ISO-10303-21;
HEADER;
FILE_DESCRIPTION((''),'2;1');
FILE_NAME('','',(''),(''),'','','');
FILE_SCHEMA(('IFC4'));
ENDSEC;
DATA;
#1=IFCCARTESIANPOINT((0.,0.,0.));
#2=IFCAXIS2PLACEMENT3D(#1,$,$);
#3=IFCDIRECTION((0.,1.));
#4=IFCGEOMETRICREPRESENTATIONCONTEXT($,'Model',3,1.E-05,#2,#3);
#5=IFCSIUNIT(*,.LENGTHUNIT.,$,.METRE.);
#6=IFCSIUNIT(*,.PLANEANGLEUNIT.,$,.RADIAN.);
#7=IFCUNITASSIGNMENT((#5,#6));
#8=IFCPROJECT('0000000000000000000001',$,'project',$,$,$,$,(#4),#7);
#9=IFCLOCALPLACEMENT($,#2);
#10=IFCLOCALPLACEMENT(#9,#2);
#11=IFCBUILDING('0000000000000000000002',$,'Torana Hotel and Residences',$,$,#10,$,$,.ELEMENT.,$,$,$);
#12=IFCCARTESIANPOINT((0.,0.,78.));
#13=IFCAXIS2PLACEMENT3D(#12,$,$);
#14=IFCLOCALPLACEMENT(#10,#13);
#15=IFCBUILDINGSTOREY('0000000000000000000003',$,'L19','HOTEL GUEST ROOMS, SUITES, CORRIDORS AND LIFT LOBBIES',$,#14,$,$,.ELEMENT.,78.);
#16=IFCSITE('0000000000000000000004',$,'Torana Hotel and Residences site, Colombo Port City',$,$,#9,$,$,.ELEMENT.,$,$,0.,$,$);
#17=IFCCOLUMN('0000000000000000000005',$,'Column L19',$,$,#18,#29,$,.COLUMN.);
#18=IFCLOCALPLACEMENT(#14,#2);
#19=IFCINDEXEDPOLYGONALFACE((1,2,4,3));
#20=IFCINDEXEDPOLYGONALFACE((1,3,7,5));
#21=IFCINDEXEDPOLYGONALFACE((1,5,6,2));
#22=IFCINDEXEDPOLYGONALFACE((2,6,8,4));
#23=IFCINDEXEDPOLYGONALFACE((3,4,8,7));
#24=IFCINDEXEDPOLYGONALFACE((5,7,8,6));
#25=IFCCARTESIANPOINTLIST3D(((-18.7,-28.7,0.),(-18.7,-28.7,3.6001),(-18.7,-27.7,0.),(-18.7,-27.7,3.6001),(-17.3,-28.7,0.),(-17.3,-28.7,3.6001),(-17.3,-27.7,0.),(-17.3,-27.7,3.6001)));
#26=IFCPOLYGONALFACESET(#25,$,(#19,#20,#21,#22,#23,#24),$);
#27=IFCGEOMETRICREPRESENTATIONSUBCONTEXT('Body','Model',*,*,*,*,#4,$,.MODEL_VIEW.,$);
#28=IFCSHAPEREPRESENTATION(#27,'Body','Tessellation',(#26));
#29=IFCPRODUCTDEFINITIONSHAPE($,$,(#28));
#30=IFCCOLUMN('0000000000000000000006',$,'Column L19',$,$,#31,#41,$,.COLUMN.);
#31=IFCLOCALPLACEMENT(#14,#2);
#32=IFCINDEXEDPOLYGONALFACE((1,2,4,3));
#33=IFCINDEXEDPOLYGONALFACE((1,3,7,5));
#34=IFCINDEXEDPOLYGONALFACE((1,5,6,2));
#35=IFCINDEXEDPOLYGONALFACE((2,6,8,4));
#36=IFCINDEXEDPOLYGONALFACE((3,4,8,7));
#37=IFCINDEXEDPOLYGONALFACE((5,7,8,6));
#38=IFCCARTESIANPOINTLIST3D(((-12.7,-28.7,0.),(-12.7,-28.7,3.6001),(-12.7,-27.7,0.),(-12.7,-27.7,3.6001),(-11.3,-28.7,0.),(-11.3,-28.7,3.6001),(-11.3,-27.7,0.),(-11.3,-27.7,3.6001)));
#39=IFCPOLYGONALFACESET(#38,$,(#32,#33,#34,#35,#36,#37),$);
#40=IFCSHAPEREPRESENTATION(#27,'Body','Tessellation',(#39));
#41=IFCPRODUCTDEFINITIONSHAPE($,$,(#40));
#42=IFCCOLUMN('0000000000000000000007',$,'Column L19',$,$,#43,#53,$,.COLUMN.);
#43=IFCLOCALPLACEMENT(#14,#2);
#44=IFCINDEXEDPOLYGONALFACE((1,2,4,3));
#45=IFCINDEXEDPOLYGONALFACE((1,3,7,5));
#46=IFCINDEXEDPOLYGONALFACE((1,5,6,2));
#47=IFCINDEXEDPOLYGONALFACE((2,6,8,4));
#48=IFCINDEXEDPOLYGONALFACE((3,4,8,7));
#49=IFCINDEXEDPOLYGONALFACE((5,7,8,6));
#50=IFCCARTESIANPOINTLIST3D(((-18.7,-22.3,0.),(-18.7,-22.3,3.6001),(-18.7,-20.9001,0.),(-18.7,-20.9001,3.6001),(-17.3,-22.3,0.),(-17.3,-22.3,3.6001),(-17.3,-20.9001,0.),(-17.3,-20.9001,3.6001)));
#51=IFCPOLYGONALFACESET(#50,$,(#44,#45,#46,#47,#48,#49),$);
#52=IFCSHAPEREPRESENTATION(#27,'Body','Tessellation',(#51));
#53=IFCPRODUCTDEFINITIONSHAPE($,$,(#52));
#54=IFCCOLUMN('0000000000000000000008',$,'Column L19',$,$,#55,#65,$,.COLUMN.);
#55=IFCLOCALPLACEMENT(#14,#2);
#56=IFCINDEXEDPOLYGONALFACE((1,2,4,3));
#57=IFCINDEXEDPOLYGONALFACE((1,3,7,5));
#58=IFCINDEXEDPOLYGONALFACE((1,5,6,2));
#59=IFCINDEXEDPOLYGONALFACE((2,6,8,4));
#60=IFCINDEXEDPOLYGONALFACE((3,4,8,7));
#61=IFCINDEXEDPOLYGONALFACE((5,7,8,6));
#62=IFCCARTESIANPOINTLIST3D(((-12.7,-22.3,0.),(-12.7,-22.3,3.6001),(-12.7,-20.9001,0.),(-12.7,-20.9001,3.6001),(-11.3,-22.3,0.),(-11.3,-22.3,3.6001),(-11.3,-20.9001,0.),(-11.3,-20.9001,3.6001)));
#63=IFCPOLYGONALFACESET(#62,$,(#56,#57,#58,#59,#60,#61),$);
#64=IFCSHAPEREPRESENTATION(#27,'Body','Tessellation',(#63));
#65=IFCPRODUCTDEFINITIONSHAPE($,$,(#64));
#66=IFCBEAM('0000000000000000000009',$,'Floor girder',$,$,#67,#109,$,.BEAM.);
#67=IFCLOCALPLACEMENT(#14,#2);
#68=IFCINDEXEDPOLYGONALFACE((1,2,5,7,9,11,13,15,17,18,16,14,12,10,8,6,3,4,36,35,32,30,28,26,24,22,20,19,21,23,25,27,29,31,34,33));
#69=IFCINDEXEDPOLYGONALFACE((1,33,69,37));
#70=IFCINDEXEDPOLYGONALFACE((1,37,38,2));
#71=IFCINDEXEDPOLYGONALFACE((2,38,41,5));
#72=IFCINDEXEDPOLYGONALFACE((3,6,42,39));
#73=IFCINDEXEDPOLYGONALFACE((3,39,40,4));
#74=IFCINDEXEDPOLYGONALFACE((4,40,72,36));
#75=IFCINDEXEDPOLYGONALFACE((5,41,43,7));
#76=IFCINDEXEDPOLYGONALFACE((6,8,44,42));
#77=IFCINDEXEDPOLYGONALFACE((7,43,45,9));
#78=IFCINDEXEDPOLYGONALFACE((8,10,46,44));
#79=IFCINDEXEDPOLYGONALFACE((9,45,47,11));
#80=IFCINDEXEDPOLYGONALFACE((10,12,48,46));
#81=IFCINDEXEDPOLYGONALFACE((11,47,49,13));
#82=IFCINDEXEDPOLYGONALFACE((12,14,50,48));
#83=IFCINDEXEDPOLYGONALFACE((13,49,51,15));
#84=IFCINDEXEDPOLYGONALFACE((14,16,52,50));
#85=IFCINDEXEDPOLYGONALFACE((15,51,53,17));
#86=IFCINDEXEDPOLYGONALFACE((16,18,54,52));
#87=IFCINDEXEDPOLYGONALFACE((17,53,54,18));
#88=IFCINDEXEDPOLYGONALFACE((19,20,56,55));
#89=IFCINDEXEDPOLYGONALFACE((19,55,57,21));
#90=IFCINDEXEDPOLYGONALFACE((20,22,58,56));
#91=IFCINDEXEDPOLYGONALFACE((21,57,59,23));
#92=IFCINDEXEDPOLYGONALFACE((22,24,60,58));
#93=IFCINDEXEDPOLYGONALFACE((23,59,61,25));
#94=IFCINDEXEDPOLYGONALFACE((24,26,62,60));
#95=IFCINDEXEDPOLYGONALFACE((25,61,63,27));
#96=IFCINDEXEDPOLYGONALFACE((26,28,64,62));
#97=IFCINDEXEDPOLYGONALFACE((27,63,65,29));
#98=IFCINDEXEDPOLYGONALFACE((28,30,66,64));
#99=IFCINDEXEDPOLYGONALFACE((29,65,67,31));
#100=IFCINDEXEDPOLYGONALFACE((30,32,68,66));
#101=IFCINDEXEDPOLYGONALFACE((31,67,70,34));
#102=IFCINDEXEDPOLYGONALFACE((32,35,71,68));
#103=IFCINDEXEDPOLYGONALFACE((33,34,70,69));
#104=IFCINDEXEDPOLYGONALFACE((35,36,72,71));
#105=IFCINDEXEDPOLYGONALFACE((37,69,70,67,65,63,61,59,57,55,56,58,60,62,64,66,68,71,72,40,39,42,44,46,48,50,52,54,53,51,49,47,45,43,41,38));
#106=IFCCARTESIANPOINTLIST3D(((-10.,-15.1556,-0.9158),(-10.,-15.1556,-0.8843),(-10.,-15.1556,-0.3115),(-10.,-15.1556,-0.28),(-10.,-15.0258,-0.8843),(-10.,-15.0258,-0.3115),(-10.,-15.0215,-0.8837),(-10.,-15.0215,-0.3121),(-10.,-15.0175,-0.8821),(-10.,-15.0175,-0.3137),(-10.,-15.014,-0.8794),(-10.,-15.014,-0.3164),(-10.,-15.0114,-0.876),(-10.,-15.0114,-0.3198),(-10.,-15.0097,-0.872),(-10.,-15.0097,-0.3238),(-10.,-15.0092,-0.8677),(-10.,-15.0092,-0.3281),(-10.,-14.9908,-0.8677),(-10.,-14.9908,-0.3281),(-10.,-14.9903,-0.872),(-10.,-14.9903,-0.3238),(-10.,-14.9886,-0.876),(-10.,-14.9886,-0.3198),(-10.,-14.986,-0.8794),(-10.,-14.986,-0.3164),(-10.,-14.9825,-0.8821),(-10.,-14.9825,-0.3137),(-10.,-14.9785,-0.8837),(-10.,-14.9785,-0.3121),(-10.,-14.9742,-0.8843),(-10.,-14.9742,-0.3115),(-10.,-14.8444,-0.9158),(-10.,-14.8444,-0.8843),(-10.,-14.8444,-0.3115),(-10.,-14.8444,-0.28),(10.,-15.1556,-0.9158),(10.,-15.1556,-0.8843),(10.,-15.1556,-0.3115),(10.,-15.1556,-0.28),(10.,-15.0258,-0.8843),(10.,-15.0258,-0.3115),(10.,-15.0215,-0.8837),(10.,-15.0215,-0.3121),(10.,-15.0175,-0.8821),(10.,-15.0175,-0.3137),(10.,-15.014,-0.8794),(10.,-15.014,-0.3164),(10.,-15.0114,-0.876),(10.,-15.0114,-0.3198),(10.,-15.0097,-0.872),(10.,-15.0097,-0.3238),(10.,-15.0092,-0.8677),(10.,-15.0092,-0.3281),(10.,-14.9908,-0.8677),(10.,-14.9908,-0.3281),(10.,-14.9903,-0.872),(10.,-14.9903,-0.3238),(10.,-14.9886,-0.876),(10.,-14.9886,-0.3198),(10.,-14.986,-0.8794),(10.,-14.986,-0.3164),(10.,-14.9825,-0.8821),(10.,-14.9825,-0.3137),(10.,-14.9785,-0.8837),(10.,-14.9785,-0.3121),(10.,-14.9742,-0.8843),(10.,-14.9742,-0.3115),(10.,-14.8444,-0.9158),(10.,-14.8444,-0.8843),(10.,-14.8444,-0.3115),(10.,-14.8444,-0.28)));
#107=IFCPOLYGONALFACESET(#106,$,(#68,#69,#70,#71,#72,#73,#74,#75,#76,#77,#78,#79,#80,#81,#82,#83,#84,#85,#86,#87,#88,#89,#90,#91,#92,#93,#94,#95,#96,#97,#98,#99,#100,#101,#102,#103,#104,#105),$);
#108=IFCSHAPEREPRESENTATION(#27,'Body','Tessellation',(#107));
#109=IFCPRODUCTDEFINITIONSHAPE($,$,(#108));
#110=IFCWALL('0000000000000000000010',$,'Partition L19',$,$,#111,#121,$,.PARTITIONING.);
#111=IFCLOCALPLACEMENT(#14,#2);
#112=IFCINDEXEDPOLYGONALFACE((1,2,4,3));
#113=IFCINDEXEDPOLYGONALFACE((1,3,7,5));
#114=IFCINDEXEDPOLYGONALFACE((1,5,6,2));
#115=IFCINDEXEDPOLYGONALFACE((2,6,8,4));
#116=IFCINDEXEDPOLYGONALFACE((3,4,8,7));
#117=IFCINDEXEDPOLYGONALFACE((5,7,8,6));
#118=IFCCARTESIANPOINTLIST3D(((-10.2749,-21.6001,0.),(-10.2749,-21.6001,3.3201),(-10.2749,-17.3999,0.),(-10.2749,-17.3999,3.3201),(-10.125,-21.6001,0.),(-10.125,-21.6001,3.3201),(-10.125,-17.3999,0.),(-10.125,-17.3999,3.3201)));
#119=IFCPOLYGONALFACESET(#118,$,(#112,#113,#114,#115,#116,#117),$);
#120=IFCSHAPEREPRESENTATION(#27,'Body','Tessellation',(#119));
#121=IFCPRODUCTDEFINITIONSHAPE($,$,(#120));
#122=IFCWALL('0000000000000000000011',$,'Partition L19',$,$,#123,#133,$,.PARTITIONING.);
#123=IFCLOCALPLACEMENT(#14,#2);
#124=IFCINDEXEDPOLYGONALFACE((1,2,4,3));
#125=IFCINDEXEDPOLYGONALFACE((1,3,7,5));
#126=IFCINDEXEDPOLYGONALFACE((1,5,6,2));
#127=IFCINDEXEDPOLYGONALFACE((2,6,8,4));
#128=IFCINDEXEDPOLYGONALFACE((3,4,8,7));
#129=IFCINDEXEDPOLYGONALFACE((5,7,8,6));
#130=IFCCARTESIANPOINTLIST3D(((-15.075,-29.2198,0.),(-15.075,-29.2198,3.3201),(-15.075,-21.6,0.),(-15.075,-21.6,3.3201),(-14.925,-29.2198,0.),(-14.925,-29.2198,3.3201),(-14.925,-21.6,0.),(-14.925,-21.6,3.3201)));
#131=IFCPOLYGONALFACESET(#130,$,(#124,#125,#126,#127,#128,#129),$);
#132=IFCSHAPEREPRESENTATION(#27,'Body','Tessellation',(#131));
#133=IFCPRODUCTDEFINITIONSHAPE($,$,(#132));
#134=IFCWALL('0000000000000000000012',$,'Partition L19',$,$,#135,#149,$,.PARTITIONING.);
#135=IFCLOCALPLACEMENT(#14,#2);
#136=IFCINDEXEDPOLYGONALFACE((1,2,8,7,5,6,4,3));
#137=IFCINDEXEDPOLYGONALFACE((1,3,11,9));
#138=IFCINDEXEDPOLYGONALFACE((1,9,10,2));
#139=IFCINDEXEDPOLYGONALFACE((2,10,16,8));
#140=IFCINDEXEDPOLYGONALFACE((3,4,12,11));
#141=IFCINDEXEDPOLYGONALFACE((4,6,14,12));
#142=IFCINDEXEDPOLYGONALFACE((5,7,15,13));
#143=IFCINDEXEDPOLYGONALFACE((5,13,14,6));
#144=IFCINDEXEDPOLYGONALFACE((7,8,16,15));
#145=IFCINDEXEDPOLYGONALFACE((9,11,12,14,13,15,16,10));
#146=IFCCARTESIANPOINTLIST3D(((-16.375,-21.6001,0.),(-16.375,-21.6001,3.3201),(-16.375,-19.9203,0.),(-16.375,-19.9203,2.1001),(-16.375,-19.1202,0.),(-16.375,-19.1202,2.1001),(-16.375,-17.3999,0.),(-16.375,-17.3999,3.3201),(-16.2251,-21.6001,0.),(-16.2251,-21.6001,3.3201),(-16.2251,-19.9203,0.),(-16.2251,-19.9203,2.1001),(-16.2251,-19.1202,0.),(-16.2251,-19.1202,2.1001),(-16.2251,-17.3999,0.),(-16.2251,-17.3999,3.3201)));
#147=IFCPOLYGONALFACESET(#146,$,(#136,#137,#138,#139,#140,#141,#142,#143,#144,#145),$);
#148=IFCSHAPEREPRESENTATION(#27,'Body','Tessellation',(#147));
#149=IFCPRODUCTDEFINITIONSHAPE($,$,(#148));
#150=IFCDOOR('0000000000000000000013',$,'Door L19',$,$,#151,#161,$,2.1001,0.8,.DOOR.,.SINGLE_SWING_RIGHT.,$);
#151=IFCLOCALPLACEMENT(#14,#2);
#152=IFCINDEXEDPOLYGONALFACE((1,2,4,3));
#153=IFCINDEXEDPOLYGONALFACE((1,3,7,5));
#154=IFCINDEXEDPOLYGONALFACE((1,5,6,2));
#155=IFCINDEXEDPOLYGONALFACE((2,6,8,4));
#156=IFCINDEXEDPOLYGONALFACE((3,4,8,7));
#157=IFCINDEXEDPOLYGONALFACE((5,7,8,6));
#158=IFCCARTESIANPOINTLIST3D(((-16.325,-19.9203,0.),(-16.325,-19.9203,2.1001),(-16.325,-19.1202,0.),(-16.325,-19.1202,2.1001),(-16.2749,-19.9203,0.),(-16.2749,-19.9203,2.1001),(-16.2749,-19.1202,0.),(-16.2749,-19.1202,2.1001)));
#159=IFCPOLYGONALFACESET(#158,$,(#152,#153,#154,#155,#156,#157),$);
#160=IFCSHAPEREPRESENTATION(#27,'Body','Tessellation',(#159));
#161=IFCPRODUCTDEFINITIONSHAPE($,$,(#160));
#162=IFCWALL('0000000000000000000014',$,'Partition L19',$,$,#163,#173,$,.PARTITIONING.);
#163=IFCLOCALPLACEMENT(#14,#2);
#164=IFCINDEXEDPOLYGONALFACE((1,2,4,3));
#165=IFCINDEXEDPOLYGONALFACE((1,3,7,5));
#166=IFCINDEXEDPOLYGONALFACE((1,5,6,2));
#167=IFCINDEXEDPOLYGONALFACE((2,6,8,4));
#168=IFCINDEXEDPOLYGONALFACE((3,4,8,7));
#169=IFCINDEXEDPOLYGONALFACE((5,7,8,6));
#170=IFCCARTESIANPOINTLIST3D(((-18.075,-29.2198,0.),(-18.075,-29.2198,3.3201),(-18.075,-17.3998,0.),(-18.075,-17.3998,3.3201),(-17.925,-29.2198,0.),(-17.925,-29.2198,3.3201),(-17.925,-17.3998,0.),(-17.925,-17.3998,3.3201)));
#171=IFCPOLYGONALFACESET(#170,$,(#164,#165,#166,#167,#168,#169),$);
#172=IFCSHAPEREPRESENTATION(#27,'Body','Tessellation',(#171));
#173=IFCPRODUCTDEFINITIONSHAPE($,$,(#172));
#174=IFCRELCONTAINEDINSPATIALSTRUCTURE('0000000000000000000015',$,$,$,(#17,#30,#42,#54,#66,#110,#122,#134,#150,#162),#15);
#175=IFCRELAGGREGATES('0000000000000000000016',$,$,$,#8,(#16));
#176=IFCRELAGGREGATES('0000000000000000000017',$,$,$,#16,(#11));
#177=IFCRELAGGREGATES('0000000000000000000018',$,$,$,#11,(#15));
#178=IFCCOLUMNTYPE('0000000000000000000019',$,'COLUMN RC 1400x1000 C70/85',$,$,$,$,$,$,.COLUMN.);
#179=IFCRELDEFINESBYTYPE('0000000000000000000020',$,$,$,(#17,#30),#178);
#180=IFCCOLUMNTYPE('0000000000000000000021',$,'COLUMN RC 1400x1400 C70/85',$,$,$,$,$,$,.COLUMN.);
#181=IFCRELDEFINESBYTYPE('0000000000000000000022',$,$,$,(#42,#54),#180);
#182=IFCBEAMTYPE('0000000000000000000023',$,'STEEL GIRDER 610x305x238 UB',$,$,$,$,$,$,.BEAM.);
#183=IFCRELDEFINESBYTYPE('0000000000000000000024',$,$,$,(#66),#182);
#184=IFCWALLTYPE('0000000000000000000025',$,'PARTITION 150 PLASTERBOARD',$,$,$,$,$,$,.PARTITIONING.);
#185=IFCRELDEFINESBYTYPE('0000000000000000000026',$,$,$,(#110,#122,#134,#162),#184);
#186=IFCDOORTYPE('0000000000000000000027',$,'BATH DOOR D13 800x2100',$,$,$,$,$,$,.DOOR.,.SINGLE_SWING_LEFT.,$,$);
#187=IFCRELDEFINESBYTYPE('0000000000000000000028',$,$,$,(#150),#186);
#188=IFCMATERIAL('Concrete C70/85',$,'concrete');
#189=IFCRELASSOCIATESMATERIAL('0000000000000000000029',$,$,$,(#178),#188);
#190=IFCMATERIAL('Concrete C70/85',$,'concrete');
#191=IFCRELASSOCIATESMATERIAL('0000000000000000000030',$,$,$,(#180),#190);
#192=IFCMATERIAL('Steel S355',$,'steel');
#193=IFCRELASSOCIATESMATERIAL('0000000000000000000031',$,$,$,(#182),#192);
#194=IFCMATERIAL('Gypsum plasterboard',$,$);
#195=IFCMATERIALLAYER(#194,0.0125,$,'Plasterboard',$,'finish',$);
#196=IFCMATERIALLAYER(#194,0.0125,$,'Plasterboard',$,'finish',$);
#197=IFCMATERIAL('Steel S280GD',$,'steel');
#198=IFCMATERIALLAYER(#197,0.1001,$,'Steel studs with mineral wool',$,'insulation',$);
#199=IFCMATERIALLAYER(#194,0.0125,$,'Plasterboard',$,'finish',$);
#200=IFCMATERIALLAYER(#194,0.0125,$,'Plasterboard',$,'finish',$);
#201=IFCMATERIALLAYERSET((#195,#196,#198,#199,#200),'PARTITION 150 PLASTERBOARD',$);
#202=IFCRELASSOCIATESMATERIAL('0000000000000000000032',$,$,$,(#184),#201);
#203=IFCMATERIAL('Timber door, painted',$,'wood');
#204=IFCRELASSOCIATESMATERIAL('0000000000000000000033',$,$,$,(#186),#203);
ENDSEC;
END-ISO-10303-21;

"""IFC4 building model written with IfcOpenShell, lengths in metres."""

from ifc_helpers import new_model, si_unit, direction, frame, frame_2d, origin, origin_2d, place, context, subcontext, project, spatial, rectangle, i_section, extrude, material, layer, layer_set, material_profile, profile_set, type_object, element, fill, save


model = new_model("IFC4")

# Units and contexts
model_context = context("Model", 3, precision=1e-05, world=origin(), true_north=direction((0.0, 1.0)))
body_context = subcontext(model_context, "Body", "Model", "MODEL_VIEW")
ifc_project = project(units=[si_unit("LENGTHUNIT", "METRE"), si_unit("PLANEANGLEUNIT", "RADIAN")], contexts=[model_context])

# Site, building, storey
site_placement = place(None, origin())
site = spatial("IfcSite", under=ifc_project, at=site_placement, Name="Torana Hotel and Residences site, Colombo Port City", CompositionType="ELEMENT", RefElevation=0.0)
building_placement = place(site_placement, origin())
building = spatial("IfcBuilding", under=site, at=building_placement, Name="Torana Hotel and Residences", CompositionType="ELEMENT")
storey_placement = place(building_placement, frame((0.0, 0.0, 78.0)))
storey = spatial("IfcBuildingStorey", under=building, at=storey_placement, Name="L19", Description="HOTEL GUEST ROOMS, SUITES, CORRIDORS AND LIFT LOBBIES", CompositionType="ELEMENT", Elevation=78.0)

# Columns
ifc_material_1 = material(Name="Concrete C70/85", Category="concrete")
ifc_material_profile_1 = material_profile(ifc_material_1, rectangle(XDim=1.3999, YDim=1.0, at=origin_2d()), Name="RC 1400x1000")
ifc_profile_set_1 = profile_set([ifc_material_profile_1], Name="Concrete C70/85")
column_type_1 = type_object("IfcColumnType", Name="COLUMN RC 1400x1000 C70/85", PredefinedType="COLUMN", material=ifc_profile_set_1)
for number, where, z_axis, x_axis, name in (
    (1, (-18.0, -28.2, 0.0), (0.0, 0.0, 1.0), (1.0, 0.0, 0.0), "Column L19"),
    (2, (-12.0, -28.2, 0.0), (0.0, 0.0, 1.0), (1.0, 0.0, 0.0), "Column L19"),
):
    element("IfcColumn", number, at=place(storey_placement, frame(where, z_axis=z_axis, x_axis=x_axis)), inside=storey, type_object=column_type_1, Name=name, PredefinedType="COLUMN", context=body_context, shape_type="SweptSolid", body=[
        extrude(rectangle(XDim=1.3999, YDim=1.0, at=origin_2d()), origin(), (0.0, 0.0, 1.0), 3.6001),
    ])
ifc_material_2 = material(Name="Concrete C70/85", Category="concrete")
ifc_material_profile_2 = material_profile(ifc_material_2, rectangle(XDim=1.3999, YDim=1.3999, at=origin_2d()), Name="RC 1400x1400")
ifc_profile_set_2 = profile_set([ifc_material_profile_2], Name="Concrete C70/85")
column_type_2 = type_object("IfcColumnType", Name="COLUMN RC 1400x1400 C70/85", PredefinedType="COLUMN", material=ifc_profile_set_2)
for number, where, z_axis, x_axis, name in (
    (3, (-18.0, -21.6001, 0.0), (0.0, 0.0, 1.0), (1.0, 0.0, 0.0), "Column L19"),
    (4, (-12.0, -21.6001, 0.0), (0.0, 0.0, 1.0), (1.0, 0.0, 0.0), "Column L19"),
):
    element("IfcColumn", number, at=place(storey_placement, frame(where, z_axis=z_axis, x_axis=x_axis)), inside=storey, type_object=column_type_2, Name=name, PredefinedType="COLUMN", context=body_context, shape_type="SweptSolid", body=[
        extrude(rectangle(XDim=1.3999, YDim=1.3999, at=origin_2d()), origin(), (0.0, 0.0, 1.0), 3.6001),
    ])

# Beam
ifc_material_3 = material(Name="Steel S355", Category="steel")
ifc_material_profile_3 = material_profile(ifc_material_3, i_section(OverallWidth=0.3113, OverallDepth=0.6357, WebThickness=0.0183, FlangeThickness=0.0315, FilletRadius=0.0166, at=origin_2d()), Name="610x305x238 UB")
ifc_profile_set_3 = profile_set([ifc_material_profile_3], Name="Steel S355")
beam_type = type_object("IfcBeamType", Name="STEEL GIRDER 610x305x238 UB", PredefinedType="BEAM", material=ifc_profile_set_3)
beam_placement = place(storey_placement, frame((-10.0, -15.0, -0.5979), z_axis=(1.0, 0.0, 0.0), x_axis=(0.0, 1.0, 0.0)))
element("IfcBeam", 5, at=beam_placement, inside=storey, type_object=beam_type, Name="Floor girder", PredefinedType="BEAM", context=body_context, shape_type="SweptSolid", body=[
    extrude(i_section(OverallWidth=0.3113, OverallDepth=0.6357, WebThickness=0.0183, FlangeThickness=0.0315, FilletRadius=0.0166, at=origin_2d()), origin(), (0.0, 0.0, 1.0), 20.0),
])

# Walls
ifc_material_4 = material(Name="Gypsum plasterboard")
ifc_layer_1 = layer(ifc_material_4, 0.0125, Name="Plasterboard", Category="finish")
ifc_layer_2 = layer(ifc_material_4, 0.0125, Name="Plasterboard", Category="finish")
ifc_material_5 = material(Name="Steel S280GD", Category="steel")
ifc_layer_3 = layer(ifc_material_5, 0.1001, Name="Steel studs with mineral wool", Category="insulation")
ifc_layer_4 = layer(ifc_material_4, 0.0125, Name="Plasterboard", Category="finish")
ifc_layer_5 = layer(ifc_material_4, 0.0125, Name="Plasterboard", Category="finish")
ifc_layer_set_1 = layer_set([ifc_layer_1, ifc_layer_2, ifc_layer_3, ifc_layer_4, ifc_layer_5], Name="PARTITION 150 PLASTERBOARD")
wall_type_1 = type_object("IfcWallType", Name="PARTITION 150 PLASTERBOARD", PredefinedType="PARTITIONING", material=ifc_layer_set_1)
wall_1_placement = place(storey_placement, frame((-10.2, -21.6001, 0.0), z_axis=(0.0, 0.0, 1.0), x_axis=(0.0, 1.0, 0.0)))
element("IfcWall", 6, at=wall_1_placement, inside=storey, type_object=wall_type_1, Name="Partition L19", PredefinedType="PARTITIONING", context=body_context, shape_type="SweptSolid", body=[
    extrude(rectangle(XDim=4.2002, YDim=0.1499, at=frame_2d((2.1001, 0.0))), origin(), (0.0, 0.0, 1.0), 3.3201),
])
wall_2_placement = place(storey_placement, frame((-15.0, -29.22, 0.0), z_axis=(0.0, 0.0, 1.0), x_axis=(0.0, 1.0, 0.0)))
element("IfcWall", 7, at=wall_2_placement, inside=storey, type_object=wall_type_1, Name="Partition L19", PredefinedType="PARTITIONING", context=body_context, shape_type="SweptSolid", body=[
    extrude(rectangle(XDim=7.6199, YDim=0.1499, at=frame_2d((3.8101, 0.0))), origin(), (0.0, 0.0, 1.0), 3.3201),
])

# Wall, opening, door
wall_3_placement = place(storey_placement, frame((-16.3, -21.6001, 0.0), z_axis=(0.0, 0.0, 1.0), x_axis=(0.0, 1.0, 0.0)))
wall_3 = element("IfcWall", 8, at=wall_3_placement, inside=storey, type_object=wall_type_1, Name="Partition L19", PredefinedType="PARTITIONING", context=body_context, shape_type="SweptSolid", body=[
    extrude(rectangle(XDim=4.2002, YDim=0.1499, at=frame_2d((2.1001, 0.0))), origin(), (0.0, 0.0, 1.0), 3.3201),
])
opening_1_placement = place(wall_3_placement, frame((1.6799, 0.0, 0.0)))
opening_1 = element("IfcOpeningElement", 9, at=opening_1_placement, cuts=wall_3, PredefinedType="OPENING", context=body_context, shape_type="SweptSolid", body=[
    extrude(rectangle(XDim=0.8, YDim=2.1001, at=frame_2d((0.3999, 1.05))), frame((0.0, 0.085, 0.0), z_axis=(0.0, -1.0, 0.0), x_axis=(1.0, 0.0, 0.0)), (0.0, 0.0, 1.0), 0.1699),
])
ifc_material_6 = material(Name="Timber door, painted", Category="wood")
door_type_1 = type_object("IfcDoorType", Name="BATH DOOR D13 800x2100", OperationType="SINGLE_SWING_LEFT", PredefinedType="DOOR", material=ifc_material_6)
door_1_placement = place(opening_1_placement, origin())
door_1 = element("IfcDoor", 10, at=door_1_placement, inside=storey, type_object=door_type_1, Name="Door L19", OperationType="SINGLE_SWING_RIGHT", OverallHeight=2.1001, OverallWidth=0.8, PredefinedType="DOOR", context=body_context, shape_type="SweptSolid", body=[
    extrude(rectangle(XDim=0.8, YDim=2.1001, at=frame_2d((0.3999, 1.05))), frame((0.0, 0.0249, 0.0), z_axis=(0.0, -1.0, 0.0), x_axis=(1.0, 0.0, 0.0)), (0.0, 0.0, 1.0), 0.05),
])
fill(opening_1, door_1)

# Wall
wall_4_placement = place(storey_placement, frame((-18.0, -29.22, 0.0), z_axis=(0.0, 0.0, 1.0), x_axis=(0.0, 1.0, 0.0)))
element("IfcWall", 11, at=wall_4_placement, inside=storey, type_object=wall_type_1, Name="Partition L19", PredefinedType="PARTITIONING", context=body_context, shape_type="SweptSolid", body=[
    extrude(rectangle(XDim=11.8201, YDim=0.1499, at=frame_2d((5.9102, 0.0))), origin(), (0.0, 0.0, 1.0), 3.3201),
])

save(model, "model.ifc")
